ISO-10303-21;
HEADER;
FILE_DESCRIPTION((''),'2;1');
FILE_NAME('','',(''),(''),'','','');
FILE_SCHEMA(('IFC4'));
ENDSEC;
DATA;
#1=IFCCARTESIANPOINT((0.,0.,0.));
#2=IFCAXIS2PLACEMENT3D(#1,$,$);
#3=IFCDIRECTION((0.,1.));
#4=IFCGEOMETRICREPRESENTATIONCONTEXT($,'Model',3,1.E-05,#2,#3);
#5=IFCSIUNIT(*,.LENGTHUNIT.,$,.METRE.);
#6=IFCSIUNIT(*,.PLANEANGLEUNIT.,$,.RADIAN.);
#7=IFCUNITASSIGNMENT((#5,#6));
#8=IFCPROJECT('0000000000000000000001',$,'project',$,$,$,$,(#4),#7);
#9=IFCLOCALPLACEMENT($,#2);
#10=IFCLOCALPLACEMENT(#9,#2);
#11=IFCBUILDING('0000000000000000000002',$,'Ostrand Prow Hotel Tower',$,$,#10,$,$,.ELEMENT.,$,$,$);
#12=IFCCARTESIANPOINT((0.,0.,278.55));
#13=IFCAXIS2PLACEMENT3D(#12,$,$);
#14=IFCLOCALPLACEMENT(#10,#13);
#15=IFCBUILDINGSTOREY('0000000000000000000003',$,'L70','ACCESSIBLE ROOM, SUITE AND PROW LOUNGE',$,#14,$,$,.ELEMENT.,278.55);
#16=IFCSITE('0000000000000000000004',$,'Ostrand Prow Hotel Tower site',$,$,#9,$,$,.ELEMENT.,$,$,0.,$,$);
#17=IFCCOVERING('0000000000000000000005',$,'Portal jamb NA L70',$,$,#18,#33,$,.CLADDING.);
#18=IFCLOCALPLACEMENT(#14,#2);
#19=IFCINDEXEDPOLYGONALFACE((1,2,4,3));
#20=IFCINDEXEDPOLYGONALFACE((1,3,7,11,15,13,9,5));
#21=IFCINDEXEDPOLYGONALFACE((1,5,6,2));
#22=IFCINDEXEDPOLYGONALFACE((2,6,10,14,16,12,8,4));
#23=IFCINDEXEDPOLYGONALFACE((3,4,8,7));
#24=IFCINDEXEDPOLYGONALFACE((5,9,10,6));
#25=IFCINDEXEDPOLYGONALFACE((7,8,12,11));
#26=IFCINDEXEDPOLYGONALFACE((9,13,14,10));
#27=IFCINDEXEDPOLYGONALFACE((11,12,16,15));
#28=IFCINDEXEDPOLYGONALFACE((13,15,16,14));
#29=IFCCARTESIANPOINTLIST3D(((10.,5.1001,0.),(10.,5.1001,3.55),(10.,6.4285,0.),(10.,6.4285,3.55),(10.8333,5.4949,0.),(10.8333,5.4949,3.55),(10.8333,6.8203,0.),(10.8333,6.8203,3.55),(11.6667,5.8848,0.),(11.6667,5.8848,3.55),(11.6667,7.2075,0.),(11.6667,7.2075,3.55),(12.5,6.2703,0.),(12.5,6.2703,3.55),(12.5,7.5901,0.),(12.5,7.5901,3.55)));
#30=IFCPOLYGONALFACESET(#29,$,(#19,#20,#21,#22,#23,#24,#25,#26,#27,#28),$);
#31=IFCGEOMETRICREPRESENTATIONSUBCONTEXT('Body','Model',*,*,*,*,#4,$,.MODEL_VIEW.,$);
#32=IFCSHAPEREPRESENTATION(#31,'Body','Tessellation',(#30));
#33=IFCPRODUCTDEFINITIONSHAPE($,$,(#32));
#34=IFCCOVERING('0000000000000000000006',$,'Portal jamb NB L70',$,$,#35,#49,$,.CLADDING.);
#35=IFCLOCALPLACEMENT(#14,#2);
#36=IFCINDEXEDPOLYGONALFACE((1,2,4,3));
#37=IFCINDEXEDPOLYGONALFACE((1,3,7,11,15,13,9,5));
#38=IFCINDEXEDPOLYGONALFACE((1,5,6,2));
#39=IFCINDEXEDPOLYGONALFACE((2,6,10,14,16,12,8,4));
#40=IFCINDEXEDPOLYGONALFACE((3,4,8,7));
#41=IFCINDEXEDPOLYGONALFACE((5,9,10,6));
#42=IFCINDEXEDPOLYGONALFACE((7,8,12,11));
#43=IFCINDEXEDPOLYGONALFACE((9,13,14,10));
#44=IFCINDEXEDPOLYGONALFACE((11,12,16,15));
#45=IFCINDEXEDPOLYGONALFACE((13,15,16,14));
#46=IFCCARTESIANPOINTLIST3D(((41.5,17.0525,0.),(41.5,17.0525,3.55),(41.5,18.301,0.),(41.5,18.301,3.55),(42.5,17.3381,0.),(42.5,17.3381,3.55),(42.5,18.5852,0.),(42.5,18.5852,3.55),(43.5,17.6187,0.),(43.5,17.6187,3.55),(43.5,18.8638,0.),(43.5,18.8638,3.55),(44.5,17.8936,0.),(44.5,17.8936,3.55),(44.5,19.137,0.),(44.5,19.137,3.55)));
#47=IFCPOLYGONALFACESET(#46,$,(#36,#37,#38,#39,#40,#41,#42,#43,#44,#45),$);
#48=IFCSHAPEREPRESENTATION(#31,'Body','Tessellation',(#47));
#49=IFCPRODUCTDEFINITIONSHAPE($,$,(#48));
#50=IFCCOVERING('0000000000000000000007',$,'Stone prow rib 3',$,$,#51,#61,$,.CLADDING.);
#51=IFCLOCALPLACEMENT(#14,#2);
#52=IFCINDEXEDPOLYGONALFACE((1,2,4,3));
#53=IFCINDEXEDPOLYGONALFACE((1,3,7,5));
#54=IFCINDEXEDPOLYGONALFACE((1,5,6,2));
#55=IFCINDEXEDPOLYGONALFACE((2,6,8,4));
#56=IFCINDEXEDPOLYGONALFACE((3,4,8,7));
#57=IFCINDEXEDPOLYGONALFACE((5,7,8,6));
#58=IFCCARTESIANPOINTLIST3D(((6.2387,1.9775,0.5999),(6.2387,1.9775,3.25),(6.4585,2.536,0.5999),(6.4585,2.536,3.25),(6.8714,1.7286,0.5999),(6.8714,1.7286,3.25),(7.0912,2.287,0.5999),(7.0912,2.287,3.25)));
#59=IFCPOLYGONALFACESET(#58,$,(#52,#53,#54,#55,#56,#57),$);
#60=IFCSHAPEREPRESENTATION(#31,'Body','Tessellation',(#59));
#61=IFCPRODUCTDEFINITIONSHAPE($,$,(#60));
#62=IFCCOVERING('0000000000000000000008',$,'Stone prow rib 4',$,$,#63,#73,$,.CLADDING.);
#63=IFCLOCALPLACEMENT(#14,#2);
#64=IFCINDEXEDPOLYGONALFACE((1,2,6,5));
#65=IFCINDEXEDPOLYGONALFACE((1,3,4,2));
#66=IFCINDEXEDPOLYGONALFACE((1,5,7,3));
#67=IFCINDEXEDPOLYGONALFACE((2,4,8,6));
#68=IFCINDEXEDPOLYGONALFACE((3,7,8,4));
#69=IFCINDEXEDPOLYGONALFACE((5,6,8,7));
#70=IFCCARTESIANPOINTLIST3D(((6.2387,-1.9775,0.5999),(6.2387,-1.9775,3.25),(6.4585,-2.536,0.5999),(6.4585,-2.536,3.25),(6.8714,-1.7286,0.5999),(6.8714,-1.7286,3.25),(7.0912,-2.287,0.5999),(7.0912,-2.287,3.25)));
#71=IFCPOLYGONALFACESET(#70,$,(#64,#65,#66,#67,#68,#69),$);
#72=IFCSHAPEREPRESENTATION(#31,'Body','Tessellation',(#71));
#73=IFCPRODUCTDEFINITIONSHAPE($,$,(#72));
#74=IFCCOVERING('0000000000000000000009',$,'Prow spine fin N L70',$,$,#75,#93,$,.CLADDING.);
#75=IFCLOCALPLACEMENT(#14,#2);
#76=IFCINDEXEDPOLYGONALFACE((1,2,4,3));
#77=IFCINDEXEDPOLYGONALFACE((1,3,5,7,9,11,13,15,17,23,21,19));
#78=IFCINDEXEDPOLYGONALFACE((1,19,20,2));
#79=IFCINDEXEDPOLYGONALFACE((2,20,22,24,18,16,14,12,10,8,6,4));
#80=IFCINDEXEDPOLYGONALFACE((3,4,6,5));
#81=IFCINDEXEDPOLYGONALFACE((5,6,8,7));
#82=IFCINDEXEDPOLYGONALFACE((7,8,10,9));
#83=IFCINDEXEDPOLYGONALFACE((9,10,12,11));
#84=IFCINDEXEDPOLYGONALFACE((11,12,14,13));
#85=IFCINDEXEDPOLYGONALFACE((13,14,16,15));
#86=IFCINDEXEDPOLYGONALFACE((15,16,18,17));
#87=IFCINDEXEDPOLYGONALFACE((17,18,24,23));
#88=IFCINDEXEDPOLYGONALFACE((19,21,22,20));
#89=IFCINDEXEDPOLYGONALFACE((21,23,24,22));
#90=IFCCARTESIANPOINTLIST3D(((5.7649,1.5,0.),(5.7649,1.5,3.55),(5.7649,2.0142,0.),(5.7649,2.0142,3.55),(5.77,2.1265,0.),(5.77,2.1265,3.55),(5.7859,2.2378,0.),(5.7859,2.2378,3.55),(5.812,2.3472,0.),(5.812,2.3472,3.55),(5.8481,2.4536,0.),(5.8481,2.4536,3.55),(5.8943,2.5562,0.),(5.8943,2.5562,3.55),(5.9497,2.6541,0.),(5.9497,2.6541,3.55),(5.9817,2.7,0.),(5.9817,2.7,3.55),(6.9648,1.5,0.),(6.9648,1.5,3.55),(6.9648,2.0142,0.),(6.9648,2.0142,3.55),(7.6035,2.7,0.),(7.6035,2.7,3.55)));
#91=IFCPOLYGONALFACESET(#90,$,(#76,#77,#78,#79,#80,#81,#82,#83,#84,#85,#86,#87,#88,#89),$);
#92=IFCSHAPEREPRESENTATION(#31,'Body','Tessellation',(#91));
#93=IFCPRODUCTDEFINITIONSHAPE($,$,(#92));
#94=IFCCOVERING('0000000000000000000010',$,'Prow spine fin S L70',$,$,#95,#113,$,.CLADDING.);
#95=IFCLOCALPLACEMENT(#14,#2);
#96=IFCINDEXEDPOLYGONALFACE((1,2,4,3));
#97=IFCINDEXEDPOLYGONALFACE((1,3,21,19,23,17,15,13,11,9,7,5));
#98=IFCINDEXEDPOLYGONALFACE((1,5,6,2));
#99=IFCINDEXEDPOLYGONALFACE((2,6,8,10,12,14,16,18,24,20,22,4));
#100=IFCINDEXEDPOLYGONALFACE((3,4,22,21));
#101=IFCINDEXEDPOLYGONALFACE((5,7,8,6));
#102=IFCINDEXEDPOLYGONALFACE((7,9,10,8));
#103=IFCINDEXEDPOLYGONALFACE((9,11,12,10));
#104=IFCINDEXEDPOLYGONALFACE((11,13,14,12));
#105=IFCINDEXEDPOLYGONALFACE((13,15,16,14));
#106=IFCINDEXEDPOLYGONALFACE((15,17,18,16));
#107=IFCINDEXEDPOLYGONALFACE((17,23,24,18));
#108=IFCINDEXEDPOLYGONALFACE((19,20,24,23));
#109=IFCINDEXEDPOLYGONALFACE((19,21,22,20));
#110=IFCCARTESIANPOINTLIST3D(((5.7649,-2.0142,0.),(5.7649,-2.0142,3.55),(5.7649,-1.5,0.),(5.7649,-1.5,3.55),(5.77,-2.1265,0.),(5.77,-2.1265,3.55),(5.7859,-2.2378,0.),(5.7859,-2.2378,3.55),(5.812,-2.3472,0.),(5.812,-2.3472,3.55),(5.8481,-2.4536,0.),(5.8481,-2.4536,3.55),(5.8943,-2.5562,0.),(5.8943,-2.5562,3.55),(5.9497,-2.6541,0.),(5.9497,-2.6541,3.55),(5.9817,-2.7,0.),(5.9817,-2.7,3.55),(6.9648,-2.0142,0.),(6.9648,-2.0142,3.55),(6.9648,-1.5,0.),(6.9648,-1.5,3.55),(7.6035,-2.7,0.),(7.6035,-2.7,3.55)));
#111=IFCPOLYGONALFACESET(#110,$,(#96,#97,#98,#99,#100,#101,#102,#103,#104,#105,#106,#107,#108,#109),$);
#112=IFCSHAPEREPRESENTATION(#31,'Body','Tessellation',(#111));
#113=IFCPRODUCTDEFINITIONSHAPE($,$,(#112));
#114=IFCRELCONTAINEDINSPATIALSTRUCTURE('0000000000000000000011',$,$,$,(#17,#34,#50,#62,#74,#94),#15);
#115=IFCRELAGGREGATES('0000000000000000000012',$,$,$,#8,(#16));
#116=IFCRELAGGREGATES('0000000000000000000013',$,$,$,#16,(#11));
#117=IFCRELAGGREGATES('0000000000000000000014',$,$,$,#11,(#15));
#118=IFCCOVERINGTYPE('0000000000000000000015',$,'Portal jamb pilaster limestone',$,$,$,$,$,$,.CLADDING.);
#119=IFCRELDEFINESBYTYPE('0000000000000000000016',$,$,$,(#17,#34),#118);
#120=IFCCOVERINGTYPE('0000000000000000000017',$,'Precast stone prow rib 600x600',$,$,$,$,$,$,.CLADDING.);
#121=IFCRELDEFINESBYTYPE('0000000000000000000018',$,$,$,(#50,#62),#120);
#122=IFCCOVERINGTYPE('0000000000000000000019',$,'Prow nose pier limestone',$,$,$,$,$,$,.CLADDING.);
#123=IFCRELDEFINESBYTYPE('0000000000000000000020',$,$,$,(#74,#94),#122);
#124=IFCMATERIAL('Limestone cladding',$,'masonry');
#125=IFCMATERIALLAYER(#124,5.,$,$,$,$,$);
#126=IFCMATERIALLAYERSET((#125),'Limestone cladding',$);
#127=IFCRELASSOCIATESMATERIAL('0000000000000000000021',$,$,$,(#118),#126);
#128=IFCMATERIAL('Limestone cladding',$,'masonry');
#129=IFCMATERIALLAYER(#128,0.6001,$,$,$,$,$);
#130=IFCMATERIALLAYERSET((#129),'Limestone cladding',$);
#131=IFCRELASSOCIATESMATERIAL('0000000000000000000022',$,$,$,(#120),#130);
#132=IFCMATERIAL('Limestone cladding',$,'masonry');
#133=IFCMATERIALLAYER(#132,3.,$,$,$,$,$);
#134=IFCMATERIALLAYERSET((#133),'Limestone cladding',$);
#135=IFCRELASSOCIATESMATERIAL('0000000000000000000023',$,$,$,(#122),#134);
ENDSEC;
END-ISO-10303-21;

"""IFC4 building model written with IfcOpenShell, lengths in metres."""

from ifc_helpers import new_model, si_unit, direction, frame, frame_2d, origin, place, context, subcontext, project, spatial, polyline, rectangle, outline, extrude, material, layer, layer_set, type_object, element, save


model = new_model("IFC4")

# Units and contexts
model_context = context("Model", 3, precision=1e-05, world=origin(), true_north=direction((0.0, 1.0)))
body_context = subcontext(model_context, "Body", "Model", "MODEL_VIEW")
ifc_project = project(units=[si_unit("LENGTHUNIT", "METRE"), si_unit("PLANEANGLEUNIT", "RADIAN")], contexts=[model_context])

# Site, building, storey
site_placement = place(None, origin())
site = spatial("IfcSite", under=ifc_project, at=site_placement, Name="Ostrand Prow Hotel Tower site", CompositionType="ELEMENT", RefElevation=0.0)
building_placement = place(site_placement, origin())
building = spatial("IfcBuilding", under=site, at=building_placement, Name="Ostrand Prow Hotel Tower", CompositionType="ELEMENT")
storey_placement = place(building_placement, frame((0.0, 0.0, 278.55)))
storey = spatial("IfcBuildingStorey", under=building, at=storey_placement, Name="L70", Description="ACCESSIBLE ROOM, SUITE AND PROW LOUNGE", CompositionType="ELEMENT", Elevation=278.55)

# Coverings
ifc_material_1 = material(Name="Limestone cladding", Category="masonry")
ifc_layer_1 = layer(ifc_material_1, 5.0)
ifc_layer_set_1 = layer_set([ifc_layer_1], Name="Limestone cladding")
covering_type_1 = type_object("IfcCoveringType", Name="Portal jamb pilaster limestone", PredefinedType="CLADDING", material=ifc_layer_set_1)
covering_1_placement = place(storey_placement, origin())
element("IfcCovering", 1, at=covering_1_placement, inside=storey, type_object=covering_type_1, Name="Portal jamb NA L70", PredefinedType="CLADDING", context=body_context, shape_type="SweptSolid", body=[
    extrude(outline(polyline([(10.0, 5.1001), (10.8333, 5.4949), (11.6667, 5.8848), (12.5, 6.2703), (12.5, 7.5901), (11.6667, 7.2075), (10.8333, 6.8203), (10.0, 6.4285), (10.0, 5.1001)])), origin(), (0.0, 0.0, 1.0), 3.55),
])
covering_2_placement = place(storey_placement, origin())
element("IfcCovering", 2, at=covering_2_placement, inside=storey, type_object=covering_type_1, Name="Portal jamb NB L70", PredefinedType="CLADDING", context=body_context, shape_type="SweptSolid", body=[
    extrude(outline(polyline([(41.5, 17.0525), (42.5, 17.3381), (43.5, 17.6187), (44.5, 17.8936), (44.5, 19.137), (43.5, 18.8638), (42.5, 18.5852), (41.5, 18.301), (41.5, 17.0525)])), origin(), (0.0, 0.0, 1.0), 3.55),
])
ifc_material_2 = material(Name="Limestone cladding", Category="masonry")
ifc_layer_2 = layer(ifc_material_2, 0.6001)
ifc_layer_set_2 = layer_set([ifc_layer_2], Name="Limestone cladding")
covering_type_2 = type_object("IfcCoveringType", Name="Precast stone prow rib 600x600", PredefinedType="CLADDING", material=ifc_layer_set_2)
for number, where, z_axis, x_axis, name in (
    (3, (6.9812, 2.0078, 0.5999), (0.0, 0.0, 1.0), (-0.930542, 0.366185, 0.0), "Stone prow rib 3"),
    (4, (6.9812, -2.0078, 0.5999), (0.0, 0.0, 1.0), (-0.930542, -0.366185, 0.0), "Stone prow rib 4"),
):
    element("IfcCovering", number, at=place(storey_placement, frame(where, z_axis=z_axis, x_axis=x_axis)), inside=storey, type_object=covering_type_2, Name=name, PredefinedType="CLADDING", context=body_context, shape_type="SweptSolid", body=[
        extrude(rectangle(XDim=0.6799, YDim=0.6001, at=frame_2d((0.3398, 0.0))), origin(), (0.0, 0.0, 1.0), 2.6501),
    ])
ifc_material_3 = material(Name="Limestone cladding", Category="masonry")
ifc_layer_3 = layer(ifc_material_3, 3.0)
ifc_layer_set_3 = layer_set([ifc_layer_3], Name="Limestone cladding")
covering_type_3 = type_object("IfcCoveringType", Name="Prow nose pier limestone", PredefinedType="CLADDING", material=ifc_layer_set_3)
covering_3_placement = place(storey_placement, origin())
element("IfcCovering", 5, at=covering_3_placement, inside=storey, type_object=covering_type_3, Name="Prow spine fin N L70", PredefinedType="CLADDING", context=body_context, shape_type="SweptSolid", body=[
    extrude(outline(polyline([(5.7649, 2.0142), (5.7649, 1.5), (6.9648, 1.5), (6.9648, 2.0142), (7.6035, 2.7), (5.9817, 2.7), (5.9497, 2.6541), (5.8943, 2.5562), (5.8481, 2.4536), (5.812, 2.3472), (5.7859, 2.2378), (5.77, 2.1265), (5.7649, 2.0142)])), origin(), (0.0, 0.0, 1.0), 3.55),
])
covering_4_placement = place(storey_placement, origin())
element("IfcCovering", 6, at=covering_4_placement, inside=storey, type_object=covering_type_3, Name="Prow spine fin S L70", PredefinedType="CLADDING", context=body_context, shape_type="SweptSolid", body=[
    extrude(outline(polyline([(5.9497, -2.6541), (5.9817, -2.7), (7.6035, -2.7), (6.9648, -2.0142), (6.9648, -1.5), (5.7649, -1.5), (5.7649, -2.0142), (5.77, -2.1265), (5.7859, -2.2378), (5.812, -2.3472), (5.8481, -2.4536), (5.8943, -2.5562), (5.9497, -2.6541)])), origin(), (0.0, 0.0, 1.0), 3.55),
])

save(model, "model.ifc")
